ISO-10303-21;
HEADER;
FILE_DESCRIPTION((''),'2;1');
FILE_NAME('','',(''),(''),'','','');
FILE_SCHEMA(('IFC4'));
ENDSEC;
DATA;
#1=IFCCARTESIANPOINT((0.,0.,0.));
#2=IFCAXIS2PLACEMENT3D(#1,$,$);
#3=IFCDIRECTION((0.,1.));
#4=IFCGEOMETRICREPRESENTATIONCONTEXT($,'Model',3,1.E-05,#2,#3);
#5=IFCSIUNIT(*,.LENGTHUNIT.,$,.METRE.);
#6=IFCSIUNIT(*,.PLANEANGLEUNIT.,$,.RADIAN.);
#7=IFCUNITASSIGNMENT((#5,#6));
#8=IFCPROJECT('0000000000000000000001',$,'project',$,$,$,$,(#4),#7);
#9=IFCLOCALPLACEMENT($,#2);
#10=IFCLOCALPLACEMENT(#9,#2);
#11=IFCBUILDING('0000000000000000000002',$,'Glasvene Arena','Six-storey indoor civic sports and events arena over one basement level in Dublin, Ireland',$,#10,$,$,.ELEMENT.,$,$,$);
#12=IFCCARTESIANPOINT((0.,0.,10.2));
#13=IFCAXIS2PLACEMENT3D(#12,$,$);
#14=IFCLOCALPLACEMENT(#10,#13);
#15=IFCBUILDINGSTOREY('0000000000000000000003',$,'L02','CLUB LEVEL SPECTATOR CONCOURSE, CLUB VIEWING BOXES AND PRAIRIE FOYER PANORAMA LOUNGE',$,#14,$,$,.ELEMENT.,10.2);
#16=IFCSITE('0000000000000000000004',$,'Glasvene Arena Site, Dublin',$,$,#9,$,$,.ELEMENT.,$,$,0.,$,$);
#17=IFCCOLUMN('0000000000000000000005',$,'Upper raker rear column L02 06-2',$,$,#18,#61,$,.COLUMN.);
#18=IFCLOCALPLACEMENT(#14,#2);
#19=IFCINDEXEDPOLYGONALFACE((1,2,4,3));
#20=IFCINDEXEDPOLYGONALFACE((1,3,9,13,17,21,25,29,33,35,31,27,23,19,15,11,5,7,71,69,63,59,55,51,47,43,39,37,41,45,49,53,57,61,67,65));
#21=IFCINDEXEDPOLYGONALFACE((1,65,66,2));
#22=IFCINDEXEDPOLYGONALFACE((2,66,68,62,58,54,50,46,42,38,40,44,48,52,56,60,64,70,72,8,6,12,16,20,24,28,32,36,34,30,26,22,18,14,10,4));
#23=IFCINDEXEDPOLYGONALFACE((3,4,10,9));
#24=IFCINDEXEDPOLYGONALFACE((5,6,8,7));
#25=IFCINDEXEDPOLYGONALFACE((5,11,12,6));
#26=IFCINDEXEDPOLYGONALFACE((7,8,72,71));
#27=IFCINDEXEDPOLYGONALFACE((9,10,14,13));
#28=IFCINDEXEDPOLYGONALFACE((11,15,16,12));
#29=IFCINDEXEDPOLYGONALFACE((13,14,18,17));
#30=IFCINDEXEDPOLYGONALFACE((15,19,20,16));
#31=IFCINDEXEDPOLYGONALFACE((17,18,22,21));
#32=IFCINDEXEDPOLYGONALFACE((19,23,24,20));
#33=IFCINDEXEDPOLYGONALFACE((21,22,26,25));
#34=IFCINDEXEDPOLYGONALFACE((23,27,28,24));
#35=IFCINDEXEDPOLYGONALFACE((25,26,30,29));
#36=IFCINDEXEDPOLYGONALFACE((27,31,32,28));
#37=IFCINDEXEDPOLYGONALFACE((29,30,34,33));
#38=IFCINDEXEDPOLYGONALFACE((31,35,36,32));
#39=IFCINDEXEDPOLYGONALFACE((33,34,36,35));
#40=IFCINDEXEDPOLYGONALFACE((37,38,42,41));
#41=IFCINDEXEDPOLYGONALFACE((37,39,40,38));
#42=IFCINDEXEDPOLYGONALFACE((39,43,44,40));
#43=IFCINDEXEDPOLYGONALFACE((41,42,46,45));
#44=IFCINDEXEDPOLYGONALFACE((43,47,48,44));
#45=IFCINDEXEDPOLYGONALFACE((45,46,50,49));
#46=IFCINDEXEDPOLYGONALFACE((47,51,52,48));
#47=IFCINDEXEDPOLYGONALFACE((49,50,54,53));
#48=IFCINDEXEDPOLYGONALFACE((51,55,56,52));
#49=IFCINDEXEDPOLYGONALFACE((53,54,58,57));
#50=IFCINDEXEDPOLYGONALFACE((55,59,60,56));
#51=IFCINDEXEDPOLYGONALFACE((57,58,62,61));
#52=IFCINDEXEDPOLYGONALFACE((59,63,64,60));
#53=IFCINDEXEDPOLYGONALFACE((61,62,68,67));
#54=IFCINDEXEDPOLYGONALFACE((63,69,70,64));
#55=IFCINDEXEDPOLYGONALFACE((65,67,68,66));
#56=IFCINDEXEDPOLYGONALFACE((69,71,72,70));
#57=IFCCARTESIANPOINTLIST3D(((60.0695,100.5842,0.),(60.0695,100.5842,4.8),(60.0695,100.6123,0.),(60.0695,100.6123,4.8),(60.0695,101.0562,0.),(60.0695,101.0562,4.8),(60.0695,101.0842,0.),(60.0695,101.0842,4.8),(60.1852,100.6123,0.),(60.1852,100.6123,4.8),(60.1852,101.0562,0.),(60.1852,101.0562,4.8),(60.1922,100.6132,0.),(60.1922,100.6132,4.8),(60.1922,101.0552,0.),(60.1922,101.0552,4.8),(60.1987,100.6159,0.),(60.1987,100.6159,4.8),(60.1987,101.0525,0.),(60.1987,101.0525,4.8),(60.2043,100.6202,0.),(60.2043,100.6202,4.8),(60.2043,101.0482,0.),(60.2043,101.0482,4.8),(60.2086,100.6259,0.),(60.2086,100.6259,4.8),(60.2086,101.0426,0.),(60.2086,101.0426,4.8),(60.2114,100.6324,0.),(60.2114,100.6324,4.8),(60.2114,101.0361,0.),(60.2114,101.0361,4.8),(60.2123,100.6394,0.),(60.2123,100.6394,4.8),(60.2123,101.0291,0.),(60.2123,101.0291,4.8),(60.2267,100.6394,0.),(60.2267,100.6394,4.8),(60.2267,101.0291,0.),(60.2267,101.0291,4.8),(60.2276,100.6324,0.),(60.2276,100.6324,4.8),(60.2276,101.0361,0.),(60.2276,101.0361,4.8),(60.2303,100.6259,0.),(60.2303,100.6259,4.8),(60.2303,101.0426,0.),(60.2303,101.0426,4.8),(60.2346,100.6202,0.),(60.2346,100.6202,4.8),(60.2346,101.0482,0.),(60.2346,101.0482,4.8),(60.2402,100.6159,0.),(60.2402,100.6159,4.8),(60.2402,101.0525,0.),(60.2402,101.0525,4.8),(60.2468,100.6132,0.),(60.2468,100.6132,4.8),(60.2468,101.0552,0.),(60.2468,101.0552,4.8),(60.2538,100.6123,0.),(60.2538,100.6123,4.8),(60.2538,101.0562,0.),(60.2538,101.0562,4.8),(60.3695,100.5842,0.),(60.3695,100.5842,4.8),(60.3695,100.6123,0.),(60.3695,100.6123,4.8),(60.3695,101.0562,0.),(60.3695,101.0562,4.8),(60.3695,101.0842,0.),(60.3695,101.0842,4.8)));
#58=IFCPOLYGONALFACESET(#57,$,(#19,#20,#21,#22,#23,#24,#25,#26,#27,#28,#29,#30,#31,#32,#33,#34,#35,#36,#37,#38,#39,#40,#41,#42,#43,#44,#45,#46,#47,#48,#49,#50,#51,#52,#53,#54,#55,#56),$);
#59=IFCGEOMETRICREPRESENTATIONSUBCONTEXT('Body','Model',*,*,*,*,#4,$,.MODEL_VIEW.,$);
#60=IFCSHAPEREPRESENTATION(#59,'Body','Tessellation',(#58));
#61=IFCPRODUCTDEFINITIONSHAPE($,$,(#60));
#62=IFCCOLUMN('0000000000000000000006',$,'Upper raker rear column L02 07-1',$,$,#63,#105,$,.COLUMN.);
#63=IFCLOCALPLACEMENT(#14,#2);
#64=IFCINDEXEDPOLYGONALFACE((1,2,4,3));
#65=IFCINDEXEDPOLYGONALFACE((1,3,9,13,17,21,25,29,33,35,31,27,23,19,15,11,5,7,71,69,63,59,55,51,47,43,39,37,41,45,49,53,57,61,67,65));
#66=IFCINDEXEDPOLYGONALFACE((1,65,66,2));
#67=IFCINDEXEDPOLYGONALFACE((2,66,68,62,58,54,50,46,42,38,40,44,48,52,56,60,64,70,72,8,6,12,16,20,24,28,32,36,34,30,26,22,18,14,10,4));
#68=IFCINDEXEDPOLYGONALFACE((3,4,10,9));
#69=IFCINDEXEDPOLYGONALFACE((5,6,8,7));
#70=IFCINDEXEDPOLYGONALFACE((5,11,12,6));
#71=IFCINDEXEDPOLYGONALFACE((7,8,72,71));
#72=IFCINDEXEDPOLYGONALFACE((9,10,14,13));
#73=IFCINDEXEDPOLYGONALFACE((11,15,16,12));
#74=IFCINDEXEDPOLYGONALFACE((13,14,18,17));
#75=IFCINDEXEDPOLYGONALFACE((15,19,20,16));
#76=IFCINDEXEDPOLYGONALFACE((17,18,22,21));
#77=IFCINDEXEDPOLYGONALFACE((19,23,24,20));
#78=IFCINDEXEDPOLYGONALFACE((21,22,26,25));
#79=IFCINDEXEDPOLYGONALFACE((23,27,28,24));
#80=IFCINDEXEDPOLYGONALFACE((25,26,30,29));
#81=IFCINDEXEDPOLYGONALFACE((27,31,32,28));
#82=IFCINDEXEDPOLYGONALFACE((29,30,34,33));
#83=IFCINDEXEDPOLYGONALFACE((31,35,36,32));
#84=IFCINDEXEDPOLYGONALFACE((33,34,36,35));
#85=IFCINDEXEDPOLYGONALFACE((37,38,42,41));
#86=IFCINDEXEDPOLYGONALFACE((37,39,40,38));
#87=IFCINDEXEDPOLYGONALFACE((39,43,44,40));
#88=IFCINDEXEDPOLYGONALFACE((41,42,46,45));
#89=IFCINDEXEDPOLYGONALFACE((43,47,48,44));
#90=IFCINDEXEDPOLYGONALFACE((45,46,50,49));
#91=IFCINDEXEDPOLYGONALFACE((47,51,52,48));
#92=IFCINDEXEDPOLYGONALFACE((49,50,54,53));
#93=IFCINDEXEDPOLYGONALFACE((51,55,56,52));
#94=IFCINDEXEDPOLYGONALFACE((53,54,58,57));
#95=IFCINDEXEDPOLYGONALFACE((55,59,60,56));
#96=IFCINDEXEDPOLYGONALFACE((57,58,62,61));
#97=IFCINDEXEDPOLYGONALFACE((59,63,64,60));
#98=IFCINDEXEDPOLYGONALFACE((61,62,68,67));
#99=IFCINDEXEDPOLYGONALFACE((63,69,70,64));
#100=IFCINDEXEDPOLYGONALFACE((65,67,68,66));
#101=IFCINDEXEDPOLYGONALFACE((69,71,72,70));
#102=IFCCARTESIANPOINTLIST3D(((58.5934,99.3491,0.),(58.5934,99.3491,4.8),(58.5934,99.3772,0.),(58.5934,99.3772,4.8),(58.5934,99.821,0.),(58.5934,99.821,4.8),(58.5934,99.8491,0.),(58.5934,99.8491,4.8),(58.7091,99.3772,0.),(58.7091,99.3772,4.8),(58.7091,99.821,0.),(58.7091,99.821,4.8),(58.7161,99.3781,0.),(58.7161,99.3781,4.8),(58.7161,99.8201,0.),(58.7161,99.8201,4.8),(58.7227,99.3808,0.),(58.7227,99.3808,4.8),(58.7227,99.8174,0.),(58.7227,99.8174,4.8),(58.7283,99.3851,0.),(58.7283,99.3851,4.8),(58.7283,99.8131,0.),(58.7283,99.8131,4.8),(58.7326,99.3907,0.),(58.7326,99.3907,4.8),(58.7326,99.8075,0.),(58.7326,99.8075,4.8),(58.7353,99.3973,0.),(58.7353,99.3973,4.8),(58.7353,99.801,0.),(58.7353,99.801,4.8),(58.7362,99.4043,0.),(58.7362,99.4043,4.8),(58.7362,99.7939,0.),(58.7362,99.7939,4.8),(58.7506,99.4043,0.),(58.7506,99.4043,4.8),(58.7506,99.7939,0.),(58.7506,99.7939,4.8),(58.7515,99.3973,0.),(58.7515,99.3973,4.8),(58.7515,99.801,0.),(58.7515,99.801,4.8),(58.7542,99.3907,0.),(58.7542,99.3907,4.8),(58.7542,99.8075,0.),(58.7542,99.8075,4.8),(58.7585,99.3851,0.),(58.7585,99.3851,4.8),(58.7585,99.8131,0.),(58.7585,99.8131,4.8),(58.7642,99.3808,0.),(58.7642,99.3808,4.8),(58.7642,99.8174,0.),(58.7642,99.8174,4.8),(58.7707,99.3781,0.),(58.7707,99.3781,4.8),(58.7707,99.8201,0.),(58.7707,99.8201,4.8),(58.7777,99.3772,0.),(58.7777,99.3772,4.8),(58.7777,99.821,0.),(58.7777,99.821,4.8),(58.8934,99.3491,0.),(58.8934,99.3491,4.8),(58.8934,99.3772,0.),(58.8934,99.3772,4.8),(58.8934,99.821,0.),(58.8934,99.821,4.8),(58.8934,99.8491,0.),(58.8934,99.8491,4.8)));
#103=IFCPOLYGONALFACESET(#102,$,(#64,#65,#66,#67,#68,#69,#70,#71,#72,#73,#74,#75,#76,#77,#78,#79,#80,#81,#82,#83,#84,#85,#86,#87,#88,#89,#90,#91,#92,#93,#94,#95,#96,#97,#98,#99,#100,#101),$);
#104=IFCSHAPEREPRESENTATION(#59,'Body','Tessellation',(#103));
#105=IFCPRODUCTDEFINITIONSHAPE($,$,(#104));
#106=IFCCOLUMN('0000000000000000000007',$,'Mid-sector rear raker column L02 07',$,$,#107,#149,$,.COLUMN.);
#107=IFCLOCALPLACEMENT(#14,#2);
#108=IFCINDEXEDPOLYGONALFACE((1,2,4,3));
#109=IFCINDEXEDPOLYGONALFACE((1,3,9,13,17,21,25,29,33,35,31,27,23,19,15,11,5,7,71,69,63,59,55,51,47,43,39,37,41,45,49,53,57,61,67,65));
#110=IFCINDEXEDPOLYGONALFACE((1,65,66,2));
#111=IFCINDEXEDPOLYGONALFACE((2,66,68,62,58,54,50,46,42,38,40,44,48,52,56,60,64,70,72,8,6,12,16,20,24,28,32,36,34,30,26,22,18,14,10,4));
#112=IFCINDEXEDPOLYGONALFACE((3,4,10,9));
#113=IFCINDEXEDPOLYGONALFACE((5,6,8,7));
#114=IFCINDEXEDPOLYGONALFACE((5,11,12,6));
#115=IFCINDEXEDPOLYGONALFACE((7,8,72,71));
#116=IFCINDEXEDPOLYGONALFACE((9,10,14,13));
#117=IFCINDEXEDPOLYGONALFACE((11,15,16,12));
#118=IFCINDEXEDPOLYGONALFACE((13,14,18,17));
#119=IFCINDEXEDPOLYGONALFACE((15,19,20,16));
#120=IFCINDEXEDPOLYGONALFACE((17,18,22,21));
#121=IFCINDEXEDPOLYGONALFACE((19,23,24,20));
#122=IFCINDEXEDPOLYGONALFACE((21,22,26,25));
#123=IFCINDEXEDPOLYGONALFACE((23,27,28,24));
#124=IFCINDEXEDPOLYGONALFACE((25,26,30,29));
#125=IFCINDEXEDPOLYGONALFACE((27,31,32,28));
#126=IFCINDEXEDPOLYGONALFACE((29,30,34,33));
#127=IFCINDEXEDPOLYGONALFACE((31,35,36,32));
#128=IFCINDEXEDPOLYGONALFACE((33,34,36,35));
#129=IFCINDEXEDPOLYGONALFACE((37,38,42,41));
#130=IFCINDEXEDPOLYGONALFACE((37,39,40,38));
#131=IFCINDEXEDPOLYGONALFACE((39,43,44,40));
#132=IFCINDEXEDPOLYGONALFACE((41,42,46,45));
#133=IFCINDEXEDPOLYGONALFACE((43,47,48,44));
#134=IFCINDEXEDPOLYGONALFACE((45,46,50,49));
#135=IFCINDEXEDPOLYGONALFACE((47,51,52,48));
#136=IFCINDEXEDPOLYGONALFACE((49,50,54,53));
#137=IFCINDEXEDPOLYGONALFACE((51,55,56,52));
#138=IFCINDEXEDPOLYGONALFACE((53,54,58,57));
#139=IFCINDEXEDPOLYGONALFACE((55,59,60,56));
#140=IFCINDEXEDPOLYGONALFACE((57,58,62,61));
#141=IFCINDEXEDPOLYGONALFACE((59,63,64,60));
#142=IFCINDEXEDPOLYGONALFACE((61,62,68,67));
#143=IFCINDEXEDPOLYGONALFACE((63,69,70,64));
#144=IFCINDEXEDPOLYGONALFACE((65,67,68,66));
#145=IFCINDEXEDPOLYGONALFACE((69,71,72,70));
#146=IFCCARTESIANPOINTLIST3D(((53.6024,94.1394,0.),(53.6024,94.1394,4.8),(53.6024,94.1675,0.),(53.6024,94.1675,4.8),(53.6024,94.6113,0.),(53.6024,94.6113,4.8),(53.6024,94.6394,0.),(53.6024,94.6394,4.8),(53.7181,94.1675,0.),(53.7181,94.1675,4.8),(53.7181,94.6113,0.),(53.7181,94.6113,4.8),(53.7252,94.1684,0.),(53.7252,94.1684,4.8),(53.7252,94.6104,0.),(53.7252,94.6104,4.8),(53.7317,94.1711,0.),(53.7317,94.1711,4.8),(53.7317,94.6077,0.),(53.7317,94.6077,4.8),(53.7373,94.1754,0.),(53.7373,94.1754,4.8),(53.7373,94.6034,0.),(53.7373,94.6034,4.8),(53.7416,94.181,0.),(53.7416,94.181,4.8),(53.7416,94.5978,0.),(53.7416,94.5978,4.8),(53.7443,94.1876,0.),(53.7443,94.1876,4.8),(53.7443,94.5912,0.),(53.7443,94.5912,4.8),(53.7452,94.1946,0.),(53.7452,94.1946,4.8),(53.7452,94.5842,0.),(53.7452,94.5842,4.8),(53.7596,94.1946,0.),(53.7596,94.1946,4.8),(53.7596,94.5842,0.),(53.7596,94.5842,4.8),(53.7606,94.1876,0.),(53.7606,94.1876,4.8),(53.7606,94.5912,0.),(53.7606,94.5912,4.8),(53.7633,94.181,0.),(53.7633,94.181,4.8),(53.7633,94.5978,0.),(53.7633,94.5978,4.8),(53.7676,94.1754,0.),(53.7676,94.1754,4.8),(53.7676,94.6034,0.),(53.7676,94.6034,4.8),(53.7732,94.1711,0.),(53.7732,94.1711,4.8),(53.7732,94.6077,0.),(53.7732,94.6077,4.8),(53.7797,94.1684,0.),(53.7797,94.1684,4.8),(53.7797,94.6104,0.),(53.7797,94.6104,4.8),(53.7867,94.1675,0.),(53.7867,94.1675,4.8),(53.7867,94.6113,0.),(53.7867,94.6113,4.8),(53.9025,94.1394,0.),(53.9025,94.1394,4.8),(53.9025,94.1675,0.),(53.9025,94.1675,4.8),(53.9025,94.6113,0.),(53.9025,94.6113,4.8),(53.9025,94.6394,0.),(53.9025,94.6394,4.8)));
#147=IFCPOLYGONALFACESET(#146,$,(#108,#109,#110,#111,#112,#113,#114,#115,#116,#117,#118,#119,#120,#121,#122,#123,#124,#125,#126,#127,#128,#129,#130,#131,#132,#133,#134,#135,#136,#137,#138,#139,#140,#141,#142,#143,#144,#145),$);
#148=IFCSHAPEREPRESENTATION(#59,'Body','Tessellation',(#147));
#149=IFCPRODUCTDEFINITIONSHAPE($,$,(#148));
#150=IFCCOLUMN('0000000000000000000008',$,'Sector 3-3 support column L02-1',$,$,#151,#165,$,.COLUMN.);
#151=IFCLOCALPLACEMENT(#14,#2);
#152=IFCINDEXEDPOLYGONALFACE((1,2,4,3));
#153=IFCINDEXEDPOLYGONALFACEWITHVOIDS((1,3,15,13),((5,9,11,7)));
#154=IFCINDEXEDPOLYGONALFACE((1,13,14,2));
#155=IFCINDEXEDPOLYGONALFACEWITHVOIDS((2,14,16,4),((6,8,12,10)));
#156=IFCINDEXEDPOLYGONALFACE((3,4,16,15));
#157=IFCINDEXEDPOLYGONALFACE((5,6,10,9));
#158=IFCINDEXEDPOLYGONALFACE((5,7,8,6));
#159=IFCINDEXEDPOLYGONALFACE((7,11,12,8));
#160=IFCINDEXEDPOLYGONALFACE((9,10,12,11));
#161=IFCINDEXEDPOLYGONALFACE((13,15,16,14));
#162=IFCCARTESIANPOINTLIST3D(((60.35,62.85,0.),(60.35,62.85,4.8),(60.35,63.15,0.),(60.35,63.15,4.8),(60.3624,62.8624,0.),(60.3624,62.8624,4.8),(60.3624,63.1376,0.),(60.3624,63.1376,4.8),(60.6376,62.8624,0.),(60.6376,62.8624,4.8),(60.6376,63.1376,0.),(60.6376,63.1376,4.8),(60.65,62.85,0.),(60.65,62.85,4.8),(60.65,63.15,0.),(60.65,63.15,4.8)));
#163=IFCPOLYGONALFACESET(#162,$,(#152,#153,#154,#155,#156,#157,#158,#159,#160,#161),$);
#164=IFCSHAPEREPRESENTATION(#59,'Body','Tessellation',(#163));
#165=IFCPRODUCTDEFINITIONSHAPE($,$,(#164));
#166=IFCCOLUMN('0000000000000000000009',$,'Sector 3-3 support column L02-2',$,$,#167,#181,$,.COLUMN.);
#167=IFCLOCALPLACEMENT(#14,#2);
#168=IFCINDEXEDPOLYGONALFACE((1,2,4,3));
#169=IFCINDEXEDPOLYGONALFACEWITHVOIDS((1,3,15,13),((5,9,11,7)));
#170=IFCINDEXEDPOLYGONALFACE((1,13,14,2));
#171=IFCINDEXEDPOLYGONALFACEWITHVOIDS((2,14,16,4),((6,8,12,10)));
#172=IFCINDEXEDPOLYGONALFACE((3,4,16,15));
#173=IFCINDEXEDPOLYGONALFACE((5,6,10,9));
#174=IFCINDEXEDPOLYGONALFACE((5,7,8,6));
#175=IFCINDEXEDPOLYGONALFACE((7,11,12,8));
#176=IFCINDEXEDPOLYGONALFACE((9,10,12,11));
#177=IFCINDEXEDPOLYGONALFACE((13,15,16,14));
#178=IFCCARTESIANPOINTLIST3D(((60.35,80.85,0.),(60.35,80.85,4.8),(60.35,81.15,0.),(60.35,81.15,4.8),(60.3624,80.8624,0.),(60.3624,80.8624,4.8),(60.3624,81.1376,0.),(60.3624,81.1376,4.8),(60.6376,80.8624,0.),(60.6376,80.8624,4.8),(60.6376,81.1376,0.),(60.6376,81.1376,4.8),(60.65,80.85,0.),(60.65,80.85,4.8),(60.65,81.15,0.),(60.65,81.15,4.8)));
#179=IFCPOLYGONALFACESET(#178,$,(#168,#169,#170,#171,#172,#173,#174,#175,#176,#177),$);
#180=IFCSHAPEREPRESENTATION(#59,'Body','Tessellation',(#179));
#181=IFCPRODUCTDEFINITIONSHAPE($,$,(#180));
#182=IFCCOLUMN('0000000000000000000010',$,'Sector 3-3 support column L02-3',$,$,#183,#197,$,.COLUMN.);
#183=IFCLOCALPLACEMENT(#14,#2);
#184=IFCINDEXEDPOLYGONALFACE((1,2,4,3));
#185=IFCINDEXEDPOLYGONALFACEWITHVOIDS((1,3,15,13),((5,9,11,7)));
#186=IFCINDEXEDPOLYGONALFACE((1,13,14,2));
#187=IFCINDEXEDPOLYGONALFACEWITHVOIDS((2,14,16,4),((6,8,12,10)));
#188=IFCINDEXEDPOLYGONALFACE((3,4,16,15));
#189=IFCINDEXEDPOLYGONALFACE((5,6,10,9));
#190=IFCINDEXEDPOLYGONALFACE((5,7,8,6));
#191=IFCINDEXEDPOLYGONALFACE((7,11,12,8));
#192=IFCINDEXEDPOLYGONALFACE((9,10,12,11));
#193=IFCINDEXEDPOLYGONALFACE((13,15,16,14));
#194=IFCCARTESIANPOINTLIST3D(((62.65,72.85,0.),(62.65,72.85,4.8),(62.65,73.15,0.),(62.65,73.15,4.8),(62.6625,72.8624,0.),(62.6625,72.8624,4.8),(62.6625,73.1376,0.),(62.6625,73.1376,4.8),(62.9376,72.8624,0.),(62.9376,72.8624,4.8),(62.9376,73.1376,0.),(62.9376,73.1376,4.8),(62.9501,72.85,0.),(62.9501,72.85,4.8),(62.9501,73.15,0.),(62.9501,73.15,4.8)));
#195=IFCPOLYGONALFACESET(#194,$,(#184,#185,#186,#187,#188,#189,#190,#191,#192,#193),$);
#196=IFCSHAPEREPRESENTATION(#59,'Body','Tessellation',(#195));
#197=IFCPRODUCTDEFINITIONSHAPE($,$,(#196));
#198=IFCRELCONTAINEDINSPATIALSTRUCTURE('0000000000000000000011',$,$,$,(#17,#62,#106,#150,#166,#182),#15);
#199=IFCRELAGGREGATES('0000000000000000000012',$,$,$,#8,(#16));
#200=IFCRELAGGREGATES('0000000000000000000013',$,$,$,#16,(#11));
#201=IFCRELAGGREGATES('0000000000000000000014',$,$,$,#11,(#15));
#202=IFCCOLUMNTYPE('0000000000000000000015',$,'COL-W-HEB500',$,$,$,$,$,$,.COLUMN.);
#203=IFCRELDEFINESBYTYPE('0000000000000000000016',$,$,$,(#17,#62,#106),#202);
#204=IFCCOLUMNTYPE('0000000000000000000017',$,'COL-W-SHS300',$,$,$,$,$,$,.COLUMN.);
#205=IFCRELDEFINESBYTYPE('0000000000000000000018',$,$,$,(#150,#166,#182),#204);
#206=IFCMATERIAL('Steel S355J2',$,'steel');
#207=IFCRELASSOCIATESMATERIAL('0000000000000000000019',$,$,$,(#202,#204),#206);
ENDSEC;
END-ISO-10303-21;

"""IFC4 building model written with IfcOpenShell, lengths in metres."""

from ifc_helpers import new_model, si_unit, direction, frame, origin, origin_2d, place, context, subcontext, project, spatial, hollow_rectangle, i_section, extrude, material, material_profile, profile_set, type_object, element, save


model = new_model("IFC4")

# Units and contexts
model_context = context("Model", 3, precision=1e-05, world=origin(), true_north=direction((0.0, 1.0)))
body_context = subcontext(model_context, "Body", "Model", "MODEL_VIEW")
ifc_project = project(units=[si_unit("LENGTHUNIT", "METRE"), si_unit("PLANEANGLEUNIT", "RADIAN")], contexts=[model_context])

# Site, building, storey
site_placement = place(None, origin())
site = spatial("IfcSite", under=ifc_project, at=site_placement, Name="Glasvene Arena Site, Dublin", CompositionType="ELEMENT", RefElevation=0.0)
building_placement = place(site_placement, origin())
building = spatial("IfcBuilding", under=site, at=building_placement, Name="Glasvene Arena", Description="Six-storey indoor civic sports and events arena over one basement level in Dublin, Ireland", CompositionType="ELEMENT")
storey_placement = place(building_placement, frame((0.0, 0.0, 10.2)))
storey = spatial("IfcBuildingStorey", under=building, at=storey_placement, Name="L02", Description="CLUB LEVEL SPECTATOR CONCOURSE, CLUB VIEWING BOXES AND PRAIRIE FOYER PANORAMA LOUNGE", CompositionType="ELEMENT", Elevation=10.2)

# Columns
ifc_material_1 = material(Name="Steel S355J2", Category="steel")
ifc_material_profile_1 = material_profile(ifc_material_1, i_section(OverallWidth=0.3, OverallDepth=0.5, WebThickness=0.0144, FlangeThickness=0.0281, FilletRadius=0.0271, at=origin_2d()), Name="HEB 500")
ifc_profile_set_1 = profile_set([ifc_material_profile_1], Name="Steel S355J2")
column_type_1 = type_object("IfcColumnType", Name="COL-W-HEB500", PredefinedType="COLUMN", material=ifc_profile_set_1)
for number, where, z_axis, x_axis, name in (
    (1, (60.2195, 100.8342, 0.0), (0.0, 0.0, 1.0), (1.0, 0.0, 0.0), "Upper raker rear column L02 06-2"),
    (2, (58.7434, 99.5991, 0.0), (0.0, 0.0, 1.0), (1.0, 0.0, 0.0), "Upper raker rear column L02 07-1"),
    (3, (53.7524, 94.3894, 0.0), (0.0, 0.0, 1.0), (1.0, 0.0, 0.0), "Mid-sector rear raker column L02 07"),
):
    element("IfcColumn", number, at=place(storey_placement, frame(where, z_axis=z_axis, x_axis=x_axis)), inside=storey, type_object=column_type_1, Name=name, PredefinedType="COLUMN", context=body_context, shape_type="SweptSolid", body=[
        extrude(i_section(OverallWidth=0.3, OverallDepth=0.5, WebThickness=0.0144, FlangeThickness=0.0281, FilletRadius=0.0271, at=origin_2d()), origin(), (0.0, 0.0, 1.0), 4.8),
    ])
ifc_material_profile_2 = material_profile(ifc_material_1, hollow_rectangle(XDim=0.3, YDim=0.3, WallThickness=0.0125, at=origin_2d()), Name="SHS 300x300x12.5")
ifc_profile_set_2 = profile_set([ifc_material_profile_2], Name="Steel S355J2")
column_type_2 = type_object("IfcColumnType", Name="COL-W-SHS300", PredefinedType="COLUMN", material=ifc_profile_set_2)
for number, where, z_axis, x_axis, name in (
    (4, (60.5, 63.0, 0.0), (0.0, 0.0, 1.0), (1.0, 0.0, 0.0), "Sector 3-3 support column L02-1"),
    (5, (60.5, 81.0, 0.0), (0.0, 0.0, 1.0), (1.0, 0.0, 0.0), "Sector 3-3 support column L02-2"),
    (6, (62.8, 73.0, 0.0), (0.0, 0.0, 1.0), (1.0, 0.0, 0.0), "Sector 3-3 support column L02-3"),
):
    element("IfcColumn", number, at=place(storey_placement, frame(where, z_axis=z_axis, x_axis=x_axis)), inside=storey, type_object=column_type_2, Name=name, PredefinedType="COLUMN", context=body_context, shape_type="SweptSolid", body=[
        extrude(hollow_rectangle(XDim=0.3, YDim=0.3, WallThickness=0.0125, at=origin_2d()), origin(), (0.0, 0.0, 1.0), 4.8),
    ])

save(model, "model.ifc")
